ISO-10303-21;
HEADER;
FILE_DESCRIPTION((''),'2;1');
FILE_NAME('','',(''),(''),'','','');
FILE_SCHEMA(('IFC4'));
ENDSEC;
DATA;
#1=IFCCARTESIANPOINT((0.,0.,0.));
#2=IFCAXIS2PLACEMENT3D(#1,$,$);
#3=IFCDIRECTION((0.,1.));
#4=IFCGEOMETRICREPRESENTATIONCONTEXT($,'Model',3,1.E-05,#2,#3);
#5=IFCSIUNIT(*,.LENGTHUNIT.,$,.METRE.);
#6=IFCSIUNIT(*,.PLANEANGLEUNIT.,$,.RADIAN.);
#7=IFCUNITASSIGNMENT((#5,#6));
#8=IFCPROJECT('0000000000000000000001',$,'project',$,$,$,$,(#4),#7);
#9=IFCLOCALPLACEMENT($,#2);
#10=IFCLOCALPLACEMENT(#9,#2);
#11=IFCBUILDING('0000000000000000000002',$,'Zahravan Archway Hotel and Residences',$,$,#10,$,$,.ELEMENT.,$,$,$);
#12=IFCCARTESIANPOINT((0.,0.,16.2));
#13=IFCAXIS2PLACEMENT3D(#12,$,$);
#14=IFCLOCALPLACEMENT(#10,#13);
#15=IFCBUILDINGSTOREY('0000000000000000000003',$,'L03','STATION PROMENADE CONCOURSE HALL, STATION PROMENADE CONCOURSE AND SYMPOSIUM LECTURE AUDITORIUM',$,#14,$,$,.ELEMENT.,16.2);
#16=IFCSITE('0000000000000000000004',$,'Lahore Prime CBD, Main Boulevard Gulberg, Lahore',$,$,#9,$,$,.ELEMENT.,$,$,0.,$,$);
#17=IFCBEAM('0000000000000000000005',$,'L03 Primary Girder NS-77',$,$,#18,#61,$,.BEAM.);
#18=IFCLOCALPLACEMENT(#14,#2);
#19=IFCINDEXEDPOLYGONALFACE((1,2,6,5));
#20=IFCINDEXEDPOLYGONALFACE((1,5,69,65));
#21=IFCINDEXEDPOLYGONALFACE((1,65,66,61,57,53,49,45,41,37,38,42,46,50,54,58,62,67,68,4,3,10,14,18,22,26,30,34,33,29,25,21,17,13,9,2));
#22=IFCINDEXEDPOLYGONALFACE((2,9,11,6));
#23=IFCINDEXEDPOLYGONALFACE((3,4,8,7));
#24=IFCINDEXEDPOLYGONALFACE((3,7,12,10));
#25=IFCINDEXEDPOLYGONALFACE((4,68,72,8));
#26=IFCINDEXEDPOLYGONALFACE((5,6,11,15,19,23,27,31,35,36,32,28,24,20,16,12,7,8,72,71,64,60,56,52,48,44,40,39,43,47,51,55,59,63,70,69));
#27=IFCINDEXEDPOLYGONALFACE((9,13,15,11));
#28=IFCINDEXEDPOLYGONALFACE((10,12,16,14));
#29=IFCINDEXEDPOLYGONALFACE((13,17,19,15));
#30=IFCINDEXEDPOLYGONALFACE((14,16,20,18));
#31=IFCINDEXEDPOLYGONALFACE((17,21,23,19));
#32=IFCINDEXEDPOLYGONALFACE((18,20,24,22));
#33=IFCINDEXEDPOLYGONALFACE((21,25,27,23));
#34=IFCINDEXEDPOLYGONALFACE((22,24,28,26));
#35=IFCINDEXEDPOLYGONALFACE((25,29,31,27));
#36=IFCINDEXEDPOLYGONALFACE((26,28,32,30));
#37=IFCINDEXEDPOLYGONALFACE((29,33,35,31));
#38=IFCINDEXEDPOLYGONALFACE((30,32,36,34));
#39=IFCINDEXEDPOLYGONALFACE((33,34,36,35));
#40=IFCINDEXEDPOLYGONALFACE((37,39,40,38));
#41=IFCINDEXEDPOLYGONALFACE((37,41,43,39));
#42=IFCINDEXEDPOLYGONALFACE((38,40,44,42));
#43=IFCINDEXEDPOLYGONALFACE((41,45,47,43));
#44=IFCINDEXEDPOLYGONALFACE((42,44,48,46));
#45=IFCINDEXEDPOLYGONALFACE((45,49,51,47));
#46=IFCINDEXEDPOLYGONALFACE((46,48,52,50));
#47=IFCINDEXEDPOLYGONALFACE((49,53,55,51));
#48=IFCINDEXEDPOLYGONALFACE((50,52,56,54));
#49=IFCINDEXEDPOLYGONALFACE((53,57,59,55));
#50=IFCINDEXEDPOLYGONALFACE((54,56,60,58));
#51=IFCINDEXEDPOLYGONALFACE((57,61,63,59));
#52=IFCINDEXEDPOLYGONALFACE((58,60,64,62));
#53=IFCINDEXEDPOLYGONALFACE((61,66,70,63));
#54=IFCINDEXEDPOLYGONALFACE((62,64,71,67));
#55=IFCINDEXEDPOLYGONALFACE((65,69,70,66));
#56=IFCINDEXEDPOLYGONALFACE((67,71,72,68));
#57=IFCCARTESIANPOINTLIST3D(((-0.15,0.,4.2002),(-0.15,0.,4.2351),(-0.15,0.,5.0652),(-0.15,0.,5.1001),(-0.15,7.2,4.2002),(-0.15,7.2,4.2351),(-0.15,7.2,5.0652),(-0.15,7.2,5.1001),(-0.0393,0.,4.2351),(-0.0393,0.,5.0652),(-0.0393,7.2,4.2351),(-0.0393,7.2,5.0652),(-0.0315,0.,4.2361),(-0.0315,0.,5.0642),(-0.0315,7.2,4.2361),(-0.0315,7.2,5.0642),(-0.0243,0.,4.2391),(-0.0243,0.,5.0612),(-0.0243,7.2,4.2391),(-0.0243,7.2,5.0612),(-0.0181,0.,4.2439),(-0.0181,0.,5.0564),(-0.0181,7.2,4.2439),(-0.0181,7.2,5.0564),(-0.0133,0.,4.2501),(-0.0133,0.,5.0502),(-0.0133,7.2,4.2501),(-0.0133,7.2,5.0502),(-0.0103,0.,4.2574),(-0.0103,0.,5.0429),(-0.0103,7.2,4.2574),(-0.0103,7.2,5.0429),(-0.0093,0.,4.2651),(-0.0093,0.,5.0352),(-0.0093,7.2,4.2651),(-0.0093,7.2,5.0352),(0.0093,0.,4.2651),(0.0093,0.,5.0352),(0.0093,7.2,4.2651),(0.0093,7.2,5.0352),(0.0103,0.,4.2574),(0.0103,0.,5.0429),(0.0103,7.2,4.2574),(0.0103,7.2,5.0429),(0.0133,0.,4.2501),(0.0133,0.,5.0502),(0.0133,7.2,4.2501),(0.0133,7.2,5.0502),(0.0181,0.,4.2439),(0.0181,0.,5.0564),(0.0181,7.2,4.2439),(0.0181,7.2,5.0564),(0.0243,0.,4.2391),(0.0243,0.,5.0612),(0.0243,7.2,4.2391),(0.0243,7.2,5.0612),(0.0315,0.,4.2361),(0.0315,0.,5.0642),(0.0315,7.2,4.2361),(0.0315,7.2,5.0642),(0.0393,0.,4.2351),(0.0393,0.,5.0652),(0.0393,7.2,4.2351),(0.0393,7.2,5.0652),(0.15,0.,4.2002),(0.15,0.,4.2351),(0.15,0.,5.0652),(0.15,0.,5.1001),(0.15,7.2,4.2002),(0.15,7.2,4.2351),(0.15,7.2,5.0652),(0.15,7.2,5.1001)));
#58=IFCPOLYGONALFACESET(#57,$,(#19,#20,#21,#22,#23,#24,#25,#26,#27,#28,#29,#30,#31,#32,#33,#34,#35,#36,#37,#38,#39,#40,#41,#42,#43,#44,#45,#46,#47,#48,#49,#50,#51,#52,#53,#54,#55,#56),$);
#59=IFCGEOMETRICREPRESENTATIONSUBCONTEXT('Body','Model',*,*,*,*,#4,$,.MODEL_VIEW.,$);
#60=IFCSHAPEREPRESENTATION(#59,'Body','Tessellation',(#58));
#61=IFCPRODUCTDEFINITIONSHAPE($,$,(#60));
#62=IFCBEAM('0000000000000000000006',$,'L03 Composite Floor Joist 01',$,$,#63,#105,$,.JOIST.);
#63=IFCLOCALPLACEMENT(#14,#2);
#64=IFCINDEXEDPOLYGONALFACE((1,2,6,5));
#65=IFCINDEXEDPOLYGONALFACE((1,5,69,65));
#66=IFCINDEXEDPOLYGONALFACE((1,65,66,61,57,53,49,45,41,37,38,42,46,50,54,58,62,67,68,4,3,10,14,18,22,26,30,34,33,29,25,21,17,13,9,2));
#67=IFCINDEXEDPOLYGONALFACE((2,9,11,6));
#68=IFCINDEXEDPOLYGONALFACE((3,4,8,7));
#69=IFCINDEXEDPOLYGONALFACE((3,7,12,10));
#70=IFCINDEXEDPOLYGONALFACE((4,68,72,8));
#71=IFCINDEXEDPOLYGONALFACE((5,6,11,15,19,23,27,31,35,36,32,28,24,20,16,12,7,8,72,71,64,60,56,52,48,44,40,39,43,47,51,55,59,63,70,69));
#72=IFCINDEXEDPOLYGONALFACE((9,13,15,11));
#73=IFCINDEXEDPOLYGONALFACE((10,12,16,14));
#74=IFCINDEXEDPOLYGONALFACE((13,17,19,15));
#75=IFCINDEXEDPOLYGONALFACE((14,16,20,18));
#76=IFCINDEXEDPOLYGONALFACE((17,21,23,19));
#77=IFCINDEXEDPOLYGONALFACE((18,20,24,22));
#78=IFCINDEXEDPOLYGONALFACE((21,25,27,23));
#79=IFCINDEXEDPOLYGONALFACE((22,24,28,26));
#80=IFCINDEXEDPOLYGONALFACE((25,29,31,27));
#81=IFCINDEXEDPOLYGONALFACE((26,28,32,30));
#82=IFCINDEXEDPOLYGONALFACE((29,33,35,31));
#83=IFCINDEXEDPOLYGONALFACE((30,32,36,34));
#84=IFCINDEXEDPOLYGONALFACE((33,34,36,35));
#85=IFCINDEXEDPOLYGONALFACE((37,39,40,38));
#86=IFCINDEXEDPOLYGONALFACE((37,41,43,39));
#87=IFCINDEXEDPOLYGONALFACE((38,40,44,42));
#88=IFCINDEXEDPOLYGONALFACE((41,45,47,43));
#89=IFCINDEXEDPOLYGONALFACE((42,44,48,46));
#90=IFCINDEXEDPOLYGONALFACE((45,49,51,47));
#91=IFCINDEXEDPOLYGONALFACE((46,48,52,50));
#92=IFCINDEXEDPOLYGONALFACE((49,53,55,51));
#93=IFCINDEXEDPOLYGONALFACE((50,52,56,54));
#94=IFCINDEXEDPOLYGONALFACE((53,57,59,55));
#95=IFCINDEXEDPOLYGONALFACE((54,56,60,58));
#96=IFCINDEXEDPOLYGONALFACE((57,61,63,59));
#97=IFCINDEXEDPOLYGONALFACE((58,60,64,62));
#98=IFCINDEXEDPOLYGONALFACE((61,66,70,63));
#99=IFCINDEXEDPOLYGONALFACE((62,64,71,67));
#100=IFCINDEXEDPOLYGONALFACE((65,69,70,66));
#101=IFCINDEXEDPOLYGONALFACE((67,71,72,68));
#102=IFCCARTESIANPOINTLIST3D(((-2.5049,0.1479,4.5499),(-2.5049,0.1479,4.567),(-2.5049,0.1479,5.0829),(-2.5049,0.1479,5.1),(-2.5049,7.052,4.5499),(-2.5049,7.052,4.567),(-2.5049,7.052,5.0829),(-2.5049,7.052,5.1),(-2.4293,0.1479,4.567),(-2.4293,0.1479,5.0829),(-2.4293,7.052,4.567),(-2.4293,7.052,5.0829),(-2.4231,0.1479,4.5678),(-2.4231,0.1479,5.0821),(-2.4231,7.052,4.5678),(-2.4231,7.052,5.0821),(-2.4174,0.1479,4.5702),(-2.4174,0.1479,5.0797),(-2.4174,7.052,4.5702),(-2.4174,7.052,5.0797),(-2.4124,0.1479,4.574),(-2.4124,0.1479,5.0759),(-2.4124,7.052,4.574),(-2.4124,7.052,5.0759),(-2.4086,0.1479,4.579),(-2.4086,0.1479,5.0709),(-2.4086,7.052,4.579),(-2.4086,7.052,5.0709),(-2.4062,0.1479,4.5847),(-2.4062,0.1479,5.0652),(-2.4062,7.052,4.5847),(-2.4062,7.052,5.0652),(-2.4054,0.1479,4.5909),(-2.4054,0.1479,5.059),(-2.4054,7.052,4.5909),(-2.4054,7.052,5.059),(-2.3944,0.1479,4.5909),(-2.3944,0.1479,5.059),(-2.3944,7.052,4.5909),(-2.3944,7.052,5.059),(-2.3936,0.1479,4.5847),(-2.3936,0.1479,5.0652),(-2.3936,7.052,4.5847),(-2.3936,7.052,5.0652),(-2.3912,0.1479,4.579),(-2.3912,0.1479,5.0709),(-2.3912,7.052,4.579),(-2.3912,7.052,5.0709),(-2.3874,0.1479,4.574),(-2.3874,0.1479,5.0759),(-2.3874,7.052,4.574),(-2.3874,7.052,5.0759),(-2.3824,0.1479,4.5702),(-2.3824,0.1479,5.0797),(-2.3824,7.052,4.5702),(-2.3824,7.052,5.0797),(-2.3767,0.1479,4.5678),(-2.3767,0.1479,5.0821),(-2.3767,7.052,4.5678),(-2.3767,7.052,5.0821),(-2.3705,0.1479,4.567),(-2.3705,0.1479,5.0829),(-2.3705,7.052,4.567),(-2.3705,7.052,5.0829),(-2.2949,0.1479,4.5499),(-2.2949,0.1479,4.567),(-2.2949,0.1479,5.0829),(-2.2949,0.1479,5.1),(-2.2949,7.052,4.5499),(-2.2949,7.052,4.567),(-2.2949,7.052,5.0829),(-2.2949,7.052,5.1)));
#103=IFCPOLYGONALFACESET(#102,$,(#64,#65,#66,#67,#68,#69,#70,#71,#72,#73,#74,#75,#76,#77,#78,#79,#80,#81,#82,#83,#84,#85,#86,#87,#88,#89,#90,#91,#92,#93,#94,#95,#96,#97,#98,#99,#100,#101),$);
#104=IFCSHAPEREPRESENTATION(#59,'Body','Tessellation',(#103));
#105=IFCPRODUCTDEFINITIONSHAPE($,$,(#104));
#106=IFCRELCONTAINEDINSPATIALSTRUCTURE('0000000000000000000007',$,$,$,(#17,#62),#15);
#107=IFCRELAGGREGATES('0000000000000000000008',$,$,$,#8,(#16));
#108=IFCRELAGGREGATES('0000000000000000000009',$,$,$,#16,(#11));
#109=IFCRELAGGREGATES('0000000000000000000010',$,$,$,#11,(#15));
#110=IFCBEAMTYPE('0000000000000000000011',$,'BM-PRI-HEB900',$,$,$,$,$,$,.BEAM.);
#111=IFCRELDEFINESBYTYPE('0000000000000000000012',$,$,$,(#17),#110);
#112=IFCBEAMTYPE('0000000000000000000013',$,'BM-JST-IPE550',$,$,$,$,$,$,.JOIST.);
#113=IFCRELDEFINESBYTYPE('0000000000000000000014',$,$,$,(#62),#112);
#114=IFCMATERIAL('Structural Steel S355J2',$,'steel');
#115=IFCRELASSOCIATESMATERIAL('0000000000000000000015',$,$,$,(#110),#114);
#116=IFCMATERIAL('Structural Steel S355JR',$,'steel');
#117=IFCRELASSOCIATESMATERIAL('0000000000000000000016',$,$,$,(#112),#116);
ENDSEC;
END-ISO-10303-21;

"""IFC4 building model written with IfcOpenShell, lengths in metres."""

from ifc_helpers import new_model, si_unit, direction, frame, origin, origin_2d, place, context, subcontext, project, spatial, i_section, extrude, source, transform, mapped, material, material_profile, profile_set, type_object, type_shapes, element, save


model = new_model("IFC4")

# Units and contexts
model_context = context("Model", 3, precision=1e-05, world=origin(), true_north=direction((0.0, 1.0)))
body_context = subcontext(model_context, "Body", "Model", "MODEL_VIEW")
ifc_project = project(units=[si_unit("LENGTHUNIT", "METRE"), si_unit("PLANEANGLEUNIT", "RADIAN")], contexts=[model_context])

# Site, building, storey
site_placement = place(None, origin())
site = spatial("IfcSite", under=ifc_project, at=site_placement, Name="Lahore Prime CBD, Main Boulevard Gulberg, Lahore", CompositionType="ELEMENT", RefElevation=0.0)
building_placement = place(site_placement, origin())
building = spatial("IfcBuilding", under=site, at=building_placement, Name="Zahravan Archway Hotel and Residences", CompositionType="ELEMENT")
storey_placement = place(building_placement, frame((0.0, 0.0, 16.2)))
storey = spatial("IfcBuildingStorey", under=building, at=storey_placement, Name="L03", Description="STATION PROMENADE CONCOURSE HALL, STATION PROMENADE CONCOURSE AND SYMPOSIUM LECTURE AUDITORIUM", CompositionType="ELEMENT", Elevation=16.2)

# Beams
ifc_material_1 = material(Name="Structural Steel S355J2", Category="steel")
ifc_material_profile_1 = material_profile(ifc_material_1, i_section(OverallWidth=0.3, OverallDepth=0.8999, WebThickness=0.0186, FlangeThickness=0.0349, FilletRadius=0.03, at=origin_2d()), Name="HEB 900", Category="steel")
ifc_profile_set_1 = profile_set([ifc_material_profile_1], Name="Structural Steel S355J2")
beam_type_1 = type_object("IfcBeamType", Name="BM-PRI-HEB900", PredefinedType="BEAM", material=ifc_profile_set_1)
shared_shape_1 = source(origin(), body_context, "Body", "SweptSolid", [
    extrude(i_section(OverallWidth=0.3, OverallDepth=0.8999, WebThickness=0.0186, FlangeThickness=0.0349, FilletRadius=0.03, at=origin_2d()), origin(), (0.0, 0.0, 1.0), 7.2),
])
for number, where, z_axis, x_axis, name in (
    (1, (0.0, 0.0, 4.6501), (0.0, 1.0, 0.0), (-1.0, 0.0, 0.0), "L03 Primary Girder NS-77"),
):
    element("IfcBeam", number, at=place(storey_placement, frame(where, z_axis=z_axis, x_axis=x_axis)), inside=storey, type_object=beam_type_1, Name=name, PredefinedType="BEAM", context=body_context, shape_type="MappedRepresentation", body=[
        mapped(shared_shape_1, transform((0.0, 0.0, 0.0), scale=1.0)),
    ])
ifc_material_2 = material(Name="Structural Steel S355JR", Category="steel")
ifc_material_profile_2 = material_profile(ifc_material_2, i_section(OverallWidth=0.21, OverallDepth=0.55, WebThickness=0.011, FlangeThickness=0.0171, FilletRadius=0.0239, at=origin_2d()), Name="IPE 550", Category="steel")
ifc_profile_set_2 = profile_set([ifc_material_profile_2], Name="Structural Steel S355JR")
beam_type_2 = type_object("IfcBeamType", Name="BM-JST-IPE550", PredefinedType="JOIST", material=ifc_profile_set_2)
shared_shape_2 = source(origin(), body_context, "Body", "SweptSolid", [
    extrude(i_section(OverallWidth=0.21, OverallDepth=0.55, WebThickness=0.011, FlangeThickness=0.0171, FilletRadius=0.0239, at=origin_2d()), origin(), (0.0, 0.0, 1.0), 6.9041),
])
type_shapes(beam_type_2, [shared_shape_2])
beam_1_placement = place(storey_placement, frame((-2.3999, 0.1479, 4.825), z_axis=(0.0, 1.0, 0.0), x_axis=(-1.0, 0.0, 0.0)))
element("IfcBeam", 2, at=beam_1_placement, inside=storey, type_object=beam_type_2, Name="L03 Composite Floor Joist 01", PredefinedType="JOIST", context=body_context, shape_type="MappedRepresentation", body=[
    mapped(shared_shape_2, transform((0.0, 0.0, 0.0), scale=1.0)),
])

save(model, "model.ifc")
